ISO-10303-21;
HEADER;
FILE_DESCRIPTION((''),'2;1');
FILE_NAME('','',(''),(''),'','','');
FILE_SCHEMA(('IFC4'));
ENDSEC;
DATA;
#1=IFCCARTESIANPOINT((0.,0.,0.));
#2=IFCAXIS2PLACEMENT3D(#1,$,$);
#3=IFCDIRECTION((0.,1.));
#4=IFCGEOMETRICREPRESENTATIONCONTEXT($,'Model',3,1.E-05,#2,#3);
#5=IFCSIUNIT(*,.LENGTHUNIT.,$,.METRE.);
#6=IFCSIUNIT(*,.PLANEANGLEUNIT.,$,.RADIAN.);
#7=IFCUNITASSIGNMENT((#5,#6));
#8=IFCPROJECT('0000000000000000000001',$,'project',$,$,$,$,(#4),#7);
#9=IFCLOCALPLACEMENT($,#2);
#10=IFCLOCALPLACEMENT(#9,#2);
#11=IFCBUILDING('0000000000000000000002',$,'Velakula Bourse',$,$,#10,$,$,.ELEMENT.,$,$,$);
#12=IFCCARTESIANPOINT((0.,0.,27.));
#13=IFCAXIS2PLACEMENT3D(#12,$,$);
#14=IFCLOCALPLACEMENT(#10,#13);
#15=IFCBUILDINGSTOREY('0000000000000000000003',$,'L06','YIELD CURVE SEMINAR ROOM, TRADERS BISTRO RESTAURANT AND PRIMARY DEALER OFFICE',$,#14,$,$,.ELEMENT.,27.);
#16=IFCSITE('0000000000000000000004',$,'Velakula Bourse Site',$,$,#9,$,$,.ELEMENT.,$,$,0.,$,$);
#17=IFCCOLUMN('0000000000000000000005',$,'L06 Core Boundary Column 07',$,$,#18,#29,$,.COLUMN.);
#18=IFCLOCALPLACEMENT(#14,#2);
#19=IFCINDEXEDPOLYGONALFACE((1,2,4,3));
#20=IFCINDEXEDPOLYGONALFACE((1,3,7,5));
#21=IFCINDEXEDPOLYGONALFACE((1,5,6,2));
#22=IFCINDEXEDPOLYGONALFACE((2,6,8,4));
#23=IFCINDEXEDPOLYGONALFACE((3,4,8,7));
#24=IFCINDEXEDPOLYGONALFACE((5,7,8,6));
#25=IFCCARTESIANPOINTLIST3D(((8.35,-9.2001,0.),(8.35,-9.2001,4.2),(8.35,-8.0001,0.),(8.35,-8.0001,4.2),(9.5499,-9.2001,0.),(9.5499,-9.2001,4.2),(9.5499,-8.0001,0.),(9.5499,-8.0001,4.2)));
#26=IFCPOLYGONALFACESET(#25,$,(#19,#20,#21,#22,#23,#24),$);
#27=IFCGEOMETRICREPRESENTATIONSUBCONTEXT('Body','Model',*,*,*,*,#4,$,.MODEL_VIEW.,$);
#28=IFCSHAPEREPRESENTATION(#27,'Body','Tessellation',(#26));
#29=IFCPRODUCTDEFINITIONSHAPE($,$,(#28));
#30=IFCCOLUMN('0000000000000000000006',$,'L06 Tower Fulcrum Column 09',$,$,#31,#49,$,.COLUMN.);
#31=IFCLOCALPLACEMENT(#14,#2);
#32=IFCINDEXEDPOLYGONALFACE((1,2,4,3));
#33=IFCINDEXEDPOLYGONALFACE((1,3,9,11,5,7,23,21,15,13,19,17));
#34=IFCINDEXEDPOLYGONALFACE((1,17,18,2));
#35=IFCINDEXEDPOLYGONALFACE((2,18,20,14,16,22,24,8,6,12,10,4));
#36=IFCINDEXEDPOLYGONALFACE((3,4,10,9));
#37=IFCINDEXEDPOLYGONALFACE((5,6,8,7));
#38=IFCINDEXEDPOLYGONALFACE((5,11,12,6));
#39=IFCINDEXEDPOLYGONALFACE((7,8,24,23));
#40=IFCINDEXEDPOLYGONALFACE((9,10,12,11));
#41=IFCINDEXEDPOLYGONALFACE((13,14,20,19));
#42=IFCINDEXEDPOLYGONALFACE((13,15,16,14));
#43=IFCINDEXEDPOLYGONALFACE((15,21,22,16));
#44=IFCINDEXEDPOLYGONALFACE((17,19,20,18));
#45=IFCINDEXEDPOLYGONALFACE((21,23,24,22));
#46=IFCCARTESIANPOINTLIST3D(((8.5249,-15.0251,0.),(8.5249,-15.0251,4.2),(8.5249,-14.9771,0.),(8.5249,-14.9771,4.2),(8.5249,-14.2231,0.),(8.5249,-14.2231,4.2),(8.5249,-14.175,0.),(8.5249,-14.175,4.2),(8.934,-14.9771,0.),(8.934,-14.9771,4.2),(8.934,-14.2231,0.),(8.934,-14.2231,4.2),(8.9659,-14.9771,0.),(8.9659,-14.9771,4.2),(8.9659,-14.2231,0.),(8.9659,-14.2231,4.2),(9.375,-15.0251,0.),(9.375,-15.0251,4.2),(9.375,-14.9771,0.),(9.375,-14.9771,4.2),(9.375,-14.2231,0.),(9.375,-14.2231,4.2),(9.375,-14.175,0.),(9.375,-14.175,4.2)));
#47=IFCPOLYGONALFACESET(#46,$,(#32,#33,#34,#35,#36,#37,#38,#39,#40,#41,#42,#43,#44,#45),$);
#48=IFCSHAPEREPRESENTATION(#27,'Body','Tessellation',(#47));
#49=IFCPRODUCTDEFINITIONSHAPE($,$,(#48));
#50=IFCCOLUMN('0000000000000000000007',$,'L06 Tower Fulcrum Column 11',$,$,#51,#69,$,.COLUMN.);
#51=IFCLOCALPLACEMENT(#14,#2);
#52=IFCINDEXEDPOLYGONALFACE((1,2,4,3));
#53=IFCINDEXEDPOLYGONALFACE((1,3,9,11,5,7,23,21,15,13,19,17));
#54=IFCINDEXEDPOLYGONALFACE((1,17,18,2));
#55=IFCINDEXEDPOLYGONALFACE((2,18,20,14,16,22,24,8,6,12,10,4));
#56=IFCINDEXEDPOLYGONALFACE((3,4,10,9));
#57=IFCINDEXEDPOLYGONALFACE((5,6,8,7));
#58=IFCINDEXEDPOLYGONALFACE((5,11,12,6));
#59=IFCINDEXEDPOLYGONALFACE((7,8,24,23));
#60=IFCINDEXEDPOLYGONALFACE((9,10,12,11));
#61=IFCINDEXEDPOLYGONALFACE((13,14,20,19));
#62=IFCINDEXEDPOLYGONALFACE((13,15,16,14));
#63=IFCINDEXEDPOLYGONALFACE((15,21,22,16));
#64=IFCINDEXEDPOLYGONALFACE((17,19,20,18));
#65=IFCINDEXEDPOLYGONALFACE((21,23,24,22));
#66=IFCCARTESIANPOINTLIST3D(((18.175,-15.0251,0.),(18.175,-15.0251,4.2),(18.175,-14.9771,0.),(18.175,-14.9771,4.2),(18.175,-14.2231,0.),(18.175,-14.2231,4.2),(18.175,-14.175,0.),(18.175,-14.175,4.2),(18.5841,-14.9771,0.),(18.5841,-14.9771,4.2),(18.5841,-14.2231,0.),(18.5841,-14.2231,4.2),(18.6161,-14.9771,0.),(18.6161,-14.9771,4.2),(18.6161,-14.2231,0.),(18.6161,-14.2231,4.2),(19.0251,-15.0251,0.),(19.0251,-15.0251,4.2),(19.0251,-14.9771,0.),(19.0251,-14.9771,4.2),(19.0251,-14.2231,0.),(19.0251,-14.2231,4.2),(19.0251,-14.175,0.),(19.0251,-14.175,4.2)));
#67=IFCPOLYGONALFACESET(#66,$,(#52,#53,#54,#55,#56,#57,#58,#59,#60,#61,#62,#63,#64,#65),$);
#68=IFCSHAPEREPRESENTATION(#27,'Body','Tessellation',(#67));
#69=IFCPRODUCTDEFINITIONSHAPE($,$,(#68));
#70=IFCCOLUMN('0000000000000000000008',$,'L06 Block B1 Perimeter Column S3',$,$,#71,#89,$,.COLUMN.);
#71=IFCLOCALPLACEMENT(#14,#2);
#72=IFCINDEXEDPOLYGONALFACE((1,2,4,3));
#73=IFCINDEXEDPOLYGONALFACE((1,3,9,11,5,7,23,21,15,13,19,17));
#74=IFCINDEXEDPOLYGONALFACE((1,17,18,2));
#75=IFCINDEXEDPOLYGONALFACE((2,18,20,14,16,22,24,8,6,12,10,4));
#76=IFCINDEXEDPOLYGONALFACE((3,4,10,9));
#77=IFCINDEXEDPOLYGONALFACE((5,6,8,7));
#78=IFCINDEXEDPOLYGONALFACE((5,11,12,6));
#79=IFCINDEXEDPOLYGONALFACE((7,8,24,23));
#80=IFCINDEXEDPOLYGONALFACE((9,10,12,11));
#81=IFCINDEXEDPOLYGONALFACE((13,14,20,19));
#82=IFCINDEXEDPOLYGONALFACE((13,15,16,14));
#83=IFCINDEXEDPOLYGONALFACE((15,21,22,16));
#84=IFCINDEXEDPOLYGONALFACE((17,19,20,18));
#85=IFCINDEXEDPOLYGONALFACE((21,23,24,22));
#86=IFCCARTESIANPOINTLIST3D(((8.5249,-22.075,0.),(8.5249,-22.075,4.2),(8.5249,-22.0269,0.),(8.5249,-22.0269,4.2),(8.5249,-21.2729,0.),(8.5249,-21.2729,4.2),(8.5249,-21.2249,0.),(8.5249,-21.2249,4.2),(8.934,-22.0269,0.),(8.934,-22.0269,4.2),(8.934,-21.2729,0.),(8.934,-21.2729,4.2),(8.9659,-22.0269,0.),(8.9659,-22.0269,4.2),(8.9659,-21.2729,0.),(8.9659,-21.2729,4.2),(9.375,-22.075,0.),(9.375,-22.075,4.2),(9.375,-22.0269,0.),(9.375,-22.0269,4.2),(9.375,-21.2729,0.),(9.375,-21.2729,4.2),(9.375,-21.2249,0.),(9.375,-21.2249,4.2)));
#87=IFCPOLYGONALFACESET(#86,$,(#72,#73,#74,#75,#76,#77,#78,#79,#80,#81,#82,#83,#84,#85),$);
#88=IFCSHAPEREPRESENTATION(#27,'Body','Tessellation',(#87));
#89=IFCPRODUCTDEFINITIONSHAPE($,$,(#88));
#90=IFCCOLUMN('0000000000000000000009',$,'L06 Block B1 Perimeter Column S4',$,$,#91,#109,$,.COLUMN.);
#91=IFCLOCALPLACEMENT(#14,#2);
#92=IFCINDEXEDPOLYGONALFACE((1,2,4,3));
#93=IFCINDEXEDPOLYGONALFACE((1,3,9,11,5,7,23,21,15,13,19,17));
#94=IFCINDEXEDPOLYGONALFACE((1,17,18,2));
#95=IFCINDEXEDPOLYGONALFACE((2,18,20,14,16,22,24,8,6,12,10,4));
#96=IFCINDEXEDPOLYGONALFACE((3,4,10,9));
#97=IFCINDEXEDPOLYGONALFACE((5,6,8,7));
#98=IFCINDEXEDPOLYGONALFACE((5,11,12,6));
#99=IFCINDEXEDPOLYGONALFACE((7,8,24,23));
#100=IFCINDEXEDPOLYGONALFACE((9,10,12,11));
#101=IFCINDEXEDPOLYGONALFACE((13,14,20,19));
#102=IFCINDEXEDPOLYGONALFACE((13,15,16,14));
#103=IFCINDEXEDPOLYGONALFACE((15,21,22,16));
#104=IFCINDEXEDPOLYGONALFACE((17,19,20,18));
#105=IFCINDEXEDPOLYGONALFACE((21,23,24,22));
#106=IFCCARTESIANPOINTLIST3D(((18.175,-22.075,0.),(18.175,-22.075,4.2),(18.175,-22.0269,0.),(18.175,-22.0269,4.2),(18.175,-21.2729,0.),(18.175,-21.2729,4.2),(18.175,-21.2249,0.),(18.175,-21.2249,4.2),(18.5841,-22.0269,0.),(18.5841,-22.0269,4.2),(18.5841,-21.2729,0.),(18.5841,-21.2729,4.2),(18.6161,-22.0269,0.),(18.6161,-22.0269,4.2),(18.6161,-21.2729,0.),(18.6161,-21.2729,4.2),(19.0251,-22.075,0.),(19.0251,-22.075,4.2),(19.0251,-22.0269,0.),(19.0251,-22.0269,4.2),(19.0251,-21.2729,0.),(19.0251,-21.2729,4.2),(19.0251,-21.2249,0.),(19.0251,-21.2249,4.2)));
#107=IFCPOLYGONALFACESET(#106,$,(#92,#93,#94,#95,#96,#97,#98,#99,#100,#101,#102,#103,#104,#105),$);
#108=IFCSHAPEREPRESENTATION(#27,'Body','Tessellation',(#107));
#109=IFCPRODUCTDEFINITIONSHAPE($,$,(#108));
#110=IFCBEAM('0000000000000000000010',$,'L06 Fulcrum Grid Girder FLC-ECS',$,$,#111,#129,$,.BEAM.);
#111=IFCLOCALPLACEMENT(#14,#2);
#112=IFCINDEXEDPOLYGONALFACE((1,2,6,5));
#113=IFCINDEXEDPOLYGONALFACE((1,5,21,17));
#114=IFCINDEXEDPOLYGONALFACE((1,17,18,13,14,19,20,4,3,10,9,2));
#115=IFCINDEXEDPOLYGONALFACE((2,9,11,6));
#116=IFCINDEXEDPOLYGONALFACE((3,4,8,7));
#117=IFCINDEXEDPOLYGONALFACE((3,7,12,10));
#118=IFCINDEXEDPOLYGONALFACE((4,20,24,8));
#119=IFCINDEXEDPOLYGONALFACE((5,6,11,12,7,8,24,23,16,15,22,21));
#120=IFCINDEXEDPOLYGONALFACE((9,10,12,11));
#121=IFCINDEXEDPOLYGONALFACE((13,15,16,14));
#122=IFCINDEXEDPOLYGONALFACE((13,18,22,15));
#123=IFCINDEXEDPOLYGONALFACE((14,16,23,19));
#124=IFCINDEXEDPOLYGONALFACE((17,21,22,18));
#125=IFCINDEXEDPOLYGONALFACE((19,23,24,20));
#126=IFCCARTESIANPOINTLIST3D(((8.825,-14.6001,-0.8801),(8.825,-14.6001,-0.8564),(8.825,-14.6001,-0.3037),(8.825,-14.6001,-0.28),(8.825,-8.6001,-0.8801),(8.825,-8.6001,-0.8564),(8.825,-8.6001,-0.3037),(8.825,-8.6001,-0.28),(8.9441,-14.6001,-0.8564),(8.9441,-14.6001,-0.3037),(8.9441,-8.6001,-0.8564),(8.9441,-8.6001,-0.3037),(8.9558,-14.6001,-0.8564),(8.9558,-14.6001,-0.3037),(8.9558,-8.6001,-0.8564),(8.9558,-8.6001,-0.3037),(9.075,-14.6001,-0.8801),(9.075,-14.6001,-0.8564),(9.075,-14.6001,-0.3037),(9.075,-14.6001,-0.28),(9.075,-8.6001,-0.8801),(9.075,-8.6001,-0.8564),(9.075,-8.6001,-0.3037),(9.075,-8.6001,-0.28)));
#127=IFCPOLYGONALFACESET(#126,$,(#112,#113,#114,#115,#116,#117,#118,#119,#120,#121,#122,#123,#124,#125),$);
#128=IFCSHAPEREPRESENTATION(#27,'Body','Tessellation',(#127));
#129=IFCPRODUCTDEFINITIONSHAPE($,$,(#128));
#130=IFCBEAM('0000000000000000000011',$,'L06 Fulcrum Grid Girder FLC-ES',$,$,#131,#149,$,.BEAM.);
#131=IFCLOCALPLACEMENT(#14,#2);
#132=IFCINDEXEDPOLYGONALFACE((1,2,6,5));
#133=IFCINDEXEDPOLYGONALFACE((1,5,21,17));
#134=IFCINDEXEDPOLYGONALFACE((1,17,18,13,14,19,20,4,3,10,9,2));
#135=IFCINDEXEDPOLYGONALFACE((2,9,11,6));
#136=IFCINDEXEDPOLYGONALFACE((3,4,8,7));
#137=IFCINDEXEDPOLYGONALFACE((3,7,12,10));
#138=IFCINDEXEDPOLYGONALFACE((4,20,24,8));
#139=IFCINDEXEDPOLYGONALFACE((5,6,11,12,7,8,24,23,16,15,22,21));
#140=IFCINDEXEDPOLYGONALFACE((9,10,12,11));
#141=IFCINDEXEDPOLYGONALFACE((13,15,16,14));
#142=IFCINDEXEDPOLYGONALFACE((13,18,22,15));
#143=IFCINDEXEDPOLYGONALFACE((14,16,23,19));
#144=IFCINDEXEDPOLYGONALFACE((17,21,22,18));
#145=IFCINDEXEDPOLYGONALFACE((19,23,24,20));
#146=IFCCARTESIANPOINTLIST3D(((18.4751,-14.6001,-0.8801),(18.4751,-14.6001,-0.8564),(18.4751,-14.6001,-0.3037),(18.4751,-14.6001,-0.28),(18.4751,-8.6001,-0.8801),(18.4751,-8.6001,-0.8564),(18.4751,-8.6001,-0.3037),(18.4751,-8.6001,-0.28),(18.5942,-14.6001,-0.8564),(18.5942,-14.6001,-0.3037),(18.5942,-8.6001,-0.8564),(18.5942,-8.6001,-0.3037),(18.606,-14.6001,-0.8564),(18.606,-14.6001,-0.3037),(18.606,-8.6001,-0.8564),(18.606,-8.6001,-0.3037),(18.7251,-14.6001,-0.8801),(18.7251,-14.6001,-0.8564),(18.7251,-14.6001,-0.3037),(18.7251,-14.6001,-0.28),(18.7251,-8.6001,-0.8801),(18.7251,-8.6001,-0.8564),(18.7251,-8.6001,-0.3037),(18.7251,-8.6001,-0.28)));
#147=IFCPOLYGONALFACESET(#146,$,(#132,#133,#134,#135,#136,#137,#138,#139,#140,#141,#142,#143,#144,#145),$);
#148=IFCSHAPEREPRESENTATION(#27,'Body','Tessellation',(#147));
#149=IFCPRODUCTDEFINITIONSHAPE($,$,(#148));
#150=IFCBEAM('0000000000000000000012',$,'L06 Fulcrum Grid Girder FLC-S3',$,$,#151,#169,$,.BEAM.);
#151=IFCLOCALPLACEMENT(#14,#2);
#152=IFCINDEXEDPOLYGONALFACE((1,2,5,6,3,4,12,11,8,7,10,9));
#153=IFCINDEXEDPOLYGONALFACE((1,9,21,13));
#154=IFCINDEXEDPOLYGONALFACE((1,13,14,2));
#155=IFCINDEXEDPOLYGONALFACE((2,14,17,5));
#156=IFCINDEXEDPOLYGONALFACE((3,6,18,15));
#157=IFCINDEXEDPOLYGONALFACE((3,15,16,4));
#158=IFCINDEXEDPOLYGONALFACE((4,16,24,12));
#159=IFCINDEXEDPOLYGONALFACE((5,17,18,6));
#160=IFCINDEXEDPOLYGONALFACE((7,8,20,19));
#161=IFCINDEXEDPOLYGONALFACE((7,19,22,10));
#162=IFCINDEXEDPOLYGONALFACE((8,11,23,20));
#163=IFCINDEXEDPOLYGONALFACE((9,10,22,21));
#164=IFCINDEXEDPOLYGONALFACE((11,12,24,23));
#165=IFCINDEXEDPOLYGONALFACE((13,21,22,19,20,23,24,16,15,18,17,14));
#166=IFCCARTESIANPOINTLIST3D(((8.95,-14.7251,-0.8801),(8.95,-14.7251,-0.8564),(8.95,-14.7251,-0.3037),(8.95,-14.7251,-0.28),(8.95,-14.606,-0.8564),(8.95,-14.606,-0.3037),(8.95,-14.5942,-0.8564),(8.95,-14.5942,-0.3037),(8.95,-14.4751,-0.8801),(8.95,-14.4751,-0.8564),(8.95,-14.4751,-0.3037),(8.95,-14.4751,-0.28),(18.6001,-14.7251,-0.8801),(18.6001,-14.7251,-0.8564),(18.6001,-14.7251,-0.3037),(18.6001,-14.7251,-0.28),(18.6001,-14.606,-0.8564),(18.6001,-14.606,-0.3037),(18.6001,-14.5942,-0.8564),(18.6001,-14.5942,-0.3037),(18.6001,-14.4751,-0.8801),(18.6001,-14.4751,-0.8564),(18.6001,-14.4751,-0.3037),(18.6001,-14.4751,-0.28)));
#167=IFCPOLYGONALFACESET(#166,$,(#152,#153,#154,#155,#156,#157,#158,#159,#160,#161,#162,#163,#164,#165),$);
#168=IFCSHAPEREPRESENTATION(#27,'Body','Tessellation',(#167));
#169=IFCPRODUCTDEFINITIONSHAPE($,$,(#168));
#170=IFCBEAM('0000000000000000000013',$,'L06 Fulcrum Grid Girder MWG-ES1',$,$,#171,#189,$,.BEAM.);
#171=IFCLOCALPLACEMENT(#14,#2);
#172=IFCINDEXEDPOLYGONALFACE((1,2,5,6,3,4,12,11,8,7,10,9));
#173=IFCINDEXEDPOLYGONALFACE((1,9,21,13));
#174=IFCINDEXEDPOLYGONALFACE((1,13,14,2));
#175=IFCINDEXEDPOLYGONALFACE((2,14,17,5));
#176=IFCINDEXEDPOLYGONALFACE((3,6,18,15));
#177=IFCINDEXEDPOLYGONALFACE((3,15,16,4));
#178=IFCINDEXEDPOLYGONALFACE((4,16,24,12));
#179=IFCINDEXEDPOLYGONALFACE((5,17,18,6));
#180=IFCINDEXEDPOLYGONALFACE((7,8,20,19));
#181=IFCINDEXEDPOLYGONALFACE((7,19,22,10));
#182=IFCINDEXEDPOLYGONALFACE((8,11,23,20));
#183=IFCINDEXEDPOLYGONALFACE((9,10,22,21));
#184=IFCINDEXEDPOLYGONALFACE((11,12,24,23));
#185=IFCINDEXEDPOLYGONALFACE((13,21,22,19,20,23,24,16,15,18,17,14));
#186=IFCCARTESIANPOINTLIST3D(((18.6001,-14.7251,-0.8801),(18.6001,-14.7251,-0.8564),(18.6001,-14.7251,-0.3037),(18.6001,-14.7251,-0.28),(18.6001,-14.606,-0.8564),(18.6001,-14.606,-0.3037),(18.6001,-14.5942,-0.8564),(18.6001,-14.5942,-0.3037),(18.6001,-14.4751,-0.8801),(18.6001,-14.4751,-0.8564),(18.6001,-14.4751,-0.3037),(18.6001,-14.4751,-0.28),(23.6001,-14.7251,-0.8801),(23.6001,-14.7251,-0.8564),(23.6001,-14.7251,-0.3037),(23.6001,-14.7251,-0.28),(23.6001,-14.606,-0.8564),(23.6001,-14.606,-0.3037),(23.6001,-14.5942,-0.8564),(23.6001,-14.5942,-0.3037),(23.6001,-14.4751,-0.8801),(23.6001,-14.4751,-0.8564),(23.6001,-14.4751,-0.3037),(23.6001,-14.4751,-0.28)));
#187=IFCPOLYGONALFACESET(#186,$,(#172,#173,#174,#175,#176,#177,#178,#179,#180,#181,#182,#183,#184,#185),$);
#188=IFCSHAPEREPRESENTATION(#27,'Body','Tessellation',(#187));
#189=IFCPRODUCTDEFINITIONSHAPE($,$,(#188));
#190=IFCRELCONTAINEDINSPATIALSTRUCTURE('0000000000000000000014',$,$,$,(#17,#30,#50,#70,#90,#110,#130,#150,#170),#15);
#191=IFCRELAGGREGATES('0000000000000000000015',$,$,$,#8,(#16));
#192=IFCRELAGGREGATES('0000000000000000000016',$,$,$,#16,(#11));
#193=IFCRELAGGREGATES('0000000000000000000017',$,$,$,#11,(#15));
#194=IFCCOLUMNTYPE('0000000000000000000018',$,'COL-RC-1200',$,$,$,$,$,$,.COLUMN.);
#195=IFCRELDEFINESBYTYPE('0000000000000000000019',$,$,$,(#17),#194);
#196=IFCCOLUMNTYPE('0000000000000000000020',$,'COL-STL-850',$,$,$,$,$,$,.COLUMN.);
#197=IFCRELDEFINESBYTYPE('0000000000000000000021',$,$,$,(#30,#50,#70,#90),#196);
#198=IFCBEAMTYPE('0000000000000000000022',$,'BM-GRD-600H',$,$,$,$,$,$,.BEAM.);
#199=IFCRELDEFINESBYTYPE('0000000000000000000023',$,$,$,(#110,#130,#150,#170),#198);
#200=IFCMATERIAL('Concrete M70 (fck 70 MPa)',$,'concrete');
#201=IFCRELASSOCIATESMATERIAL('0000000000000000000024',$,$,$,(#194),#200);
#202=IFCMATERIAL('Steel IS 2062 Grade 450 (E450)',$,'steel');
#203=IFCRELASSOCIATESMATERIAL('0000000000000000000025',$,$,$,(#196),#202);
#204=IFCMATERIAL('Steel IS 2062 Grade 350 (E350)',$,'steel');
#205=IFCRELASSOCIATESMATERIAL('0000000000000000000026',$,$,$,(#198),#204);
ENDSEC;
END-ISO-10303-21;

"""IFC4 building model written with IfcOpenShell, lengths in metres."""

from ifc_helpers import new_model, si_unit, direction, frame, origin, origin_2d, place, context, subcontext, project, spatial, rectangle, i_section, extrude, material, material_profile, profile_set, type_object, element, save


model = new_model("IFC4")

# Units and contexts
model_context = context("Model", 3, precision=1e-05, world=origin(), true_north=direction((0.0, 1.0)))
body_context = subcontext(model_context, "Body", "Model", "MODEL_VIEW")
ifc_project = project(units=[si_unit("LENGTHUNIT", "METRE"), si_unit("PLANEANGLEUNIT", "RADIAN")], contexts=[model_context])

# Site, building, storey
site_placement = place(None, origin())
site = spatial("IfcSite", under=ifc_project, at=site_placement, Name="Velakula Bourse Site", CompositionType="ELEMENT", RefElevation=0.0)
building_placement = place(site_placement, origin())
building = spatial("IfcBuilding", under=site, at=building_placement, Name="Velakula Bourse", CompositionType="ELEMENT")
storey_placement = place(building_placement, frame((0.0, 0.0, 27.0)))
storey = spatial("IfcBuildingStorey", under=building, at=storey_placement, Name="L06", Description="YIELD CURVE SEMINAR ROOM, TRADERS BISTRO RESTAURANT AND PRIMARY DEALER OFFICE", CompositionType="ELEMENT", Elevation=27.0)

# Columns
ifc_material_1 = material(Name="Concrete M70 (fck 70 MPa)", Category="concrete")
ifc_material_profile_1 = material_profile(ifc_material_1, rectangle(XDim=1.2, YDim=1.2, at=origin_2d()), Name="Concrete M70 (fck 70 MPa)")
ifc_profile_set_1 = profile_set([ifc_material_profile_1], Name="Concrete M70 (fck 70 MPa)")
column_type_1 = type_object("IfcColumnType", Name="COL-RC-1200", PredefinedType="COLUMN", material=ifc_profile_set_1)
column_placement = place(storey_placement, frame((8.95, -8.6001, 0.0), z_axis=(0.0, 0.0, 1.0), x_axis=(1.0, 0.0, 0.0)))
element("IfcColumn", 1, at=column_placement, inside=storey, type_object=column_type_1, Name="L06 Core Boundary Column 07", PredefinedType="COLUMN", context=body_context, shape_type="SweptSolid", body=[
    extrude(rectangle(XDim=1.2, YDim=1.2, at=origin_2d()), origin(), (0.0, 0.0, 1.0), 4.2),
])
ifc_material_2 = material(Name="Steel IS 2062 Grade 450 (E450)", Category="steel")
ifc_material_profile_2 = material_profile(ifc_material_2, i_section(OverallWidth=0.8501, OverallDepth=0.8501, WebThickness=0.032, FlangeThickness=0.0481, at=origin_2d()), Name="Steel IS 2062 Grade 450 (E450)")
ifc_profile_set_2 = profile_set([ifc_material_profile_2], Name="Steel IS 2062 Grade 450 (E450)")
column_type_2 = type_object("IfcColumnType", Name="COL-STL-850", PredefinedType="COLUMN", material=ifc_profile_set_2)
for number, where, z_axis, x_axis, name in (
    (2, (8.95, -14.6001, 0.0), (0.0, 0.0, 1.0), (1.0, 0.0, 0.0), "L06 Tower Fulcrum Column 09"),
    (3, (18.6001, -14.6001, 0.0), (0.0, 0.0, 1.0), (1.0, 0.0, 0.0), "L06 Tower Fulcrum Column 11"),
    (4, (8.95, -21.6499, 0.0), (0.0, 0.0, 1.0), (1.0, 0.0, 0.0), "L06 Block B1 Perimeter Column S3"),
    (5, (18.6001, -21.6499, 0.0), (0.0, 0.0, 1.0), (1.0, 0.0, 0.0), "L06 Block B1 Perimeter Column S4"),
):
    element("IfcColumn", number, at=place(storey_placement, frame(where, z_axis=z_axis, x_axis=x_axis)), inside=storey, type_object=column_type_2, Name=name, PredefinedType="COLUMN", context=body_context, shape_type="SweptSolid", body=[
        extrude(i_section(OverallWidth=0.8501, OverallDepth=0.8501, WebThickness=0.032, FlangeThickness=0.0481, at=origin_2d()), origin(), (0.0, 0.0, 1.0), 4.2),
    ])

# Beams
ifc_material_3 = material(Name="Steel IS 2062 Grade 350 (E350)", Category="steel")
ifc_material_profile_3 = material_profile(ifc_material_3, i_section(OverallWidth=0.25, OverallDepth=0.6001, WebThickness=0.0117, FlangeThickness=0.0237, at=origin_2d()), Name="Steel IS 2062 Grade 350 (E350)")
ifc_profile_set_3 = profile_set([ifc_material_profile_3], Name="Steel IS 2062 Grade 350 (E350)")
beam_type_1 = type_object("IfcBeamType", Name="BM-GRD-600H", PredefinedType="BEAM", material=ifc_profile_set_3)
for number, where, z_axis, x_axis, name in (
    (6, (8.95, -14.6001, -0.5801), (0.0, 1.0, 0.0), (-1.0, 0.0, 0.0), "L06 Fulcrum Grid Girder FLC-ECS"),
    (7, (18.6001, -14.6001, -0.5801), (0.0, 1.0, 0.0), (-1.0, 0.0, 0.0), "L06 Fulcrum Grid Girder FLC-ES"),
):
    element("IfcBeam", number, at=place(storey_placement, frame(where, z_axis=z_axis, x_axis=x_axis)), inside=storey, type_object=beam_type_1, Name=name, PredefinedType="BEAM", context=body_context, shape_type="SweptSolid", body=[
        extrude(i_section(OverallWidth=0.25, OverallDepth=0.6001, WebThickness=0.0117, FlangeThickness=0.0237, at=origin_2d()), origin(), (0.0, 0.0, 1.0), 6.0),
    ])
beam_1_placement = place(storey_placement, frame((8.95, -14.6001, -0.5801), z_axis=(1.0, 0.0, 0.0), x_axis=(0.0, 1.0, 0.0)))
element("IfcBeam", 8, at=beam_1_placement, inside=storey, type_object=beam_type_1, Name="L06 Fulcrum Grid Girder FLC-S3", PredefinedType="BEAM", context=body_context, shape_type="SweptSolid", body=[
    extrude(i_section(OverallWidth=0.25, OverallDepth=0.6001, WebThickness=0.0117, FlangeThickness=0.0237, at=origin_2d()), origin(), (0.0, 0.0, 1.0), 9.6501),
])
beam_2_placement = place(storey_placement, frame((18.6001, -14.6001, -0.5801), z_axis=(1.0, 0.0, 0.0), x_axis=(0.0, 1.0, 0.0)))
element("IfcBeam", 9, at=beam_2_placement, inside=storey, type_object=beam_type_1, Name="L06 Fulcrum Grid Girder MWG-ES1", PredefinedType="BEAM", context=body_context, shape_type="SweptSolid", body=[
    extrude(i_section(OverallWidth=0.25, OverallDepth=0.6001, WebThickness=0.0117, FlangeThickness=0.0237, at=origin_2d()), origin(), (0.0, 0.0, 1.0), 5.0),
])

save(model, "model.ifc")
